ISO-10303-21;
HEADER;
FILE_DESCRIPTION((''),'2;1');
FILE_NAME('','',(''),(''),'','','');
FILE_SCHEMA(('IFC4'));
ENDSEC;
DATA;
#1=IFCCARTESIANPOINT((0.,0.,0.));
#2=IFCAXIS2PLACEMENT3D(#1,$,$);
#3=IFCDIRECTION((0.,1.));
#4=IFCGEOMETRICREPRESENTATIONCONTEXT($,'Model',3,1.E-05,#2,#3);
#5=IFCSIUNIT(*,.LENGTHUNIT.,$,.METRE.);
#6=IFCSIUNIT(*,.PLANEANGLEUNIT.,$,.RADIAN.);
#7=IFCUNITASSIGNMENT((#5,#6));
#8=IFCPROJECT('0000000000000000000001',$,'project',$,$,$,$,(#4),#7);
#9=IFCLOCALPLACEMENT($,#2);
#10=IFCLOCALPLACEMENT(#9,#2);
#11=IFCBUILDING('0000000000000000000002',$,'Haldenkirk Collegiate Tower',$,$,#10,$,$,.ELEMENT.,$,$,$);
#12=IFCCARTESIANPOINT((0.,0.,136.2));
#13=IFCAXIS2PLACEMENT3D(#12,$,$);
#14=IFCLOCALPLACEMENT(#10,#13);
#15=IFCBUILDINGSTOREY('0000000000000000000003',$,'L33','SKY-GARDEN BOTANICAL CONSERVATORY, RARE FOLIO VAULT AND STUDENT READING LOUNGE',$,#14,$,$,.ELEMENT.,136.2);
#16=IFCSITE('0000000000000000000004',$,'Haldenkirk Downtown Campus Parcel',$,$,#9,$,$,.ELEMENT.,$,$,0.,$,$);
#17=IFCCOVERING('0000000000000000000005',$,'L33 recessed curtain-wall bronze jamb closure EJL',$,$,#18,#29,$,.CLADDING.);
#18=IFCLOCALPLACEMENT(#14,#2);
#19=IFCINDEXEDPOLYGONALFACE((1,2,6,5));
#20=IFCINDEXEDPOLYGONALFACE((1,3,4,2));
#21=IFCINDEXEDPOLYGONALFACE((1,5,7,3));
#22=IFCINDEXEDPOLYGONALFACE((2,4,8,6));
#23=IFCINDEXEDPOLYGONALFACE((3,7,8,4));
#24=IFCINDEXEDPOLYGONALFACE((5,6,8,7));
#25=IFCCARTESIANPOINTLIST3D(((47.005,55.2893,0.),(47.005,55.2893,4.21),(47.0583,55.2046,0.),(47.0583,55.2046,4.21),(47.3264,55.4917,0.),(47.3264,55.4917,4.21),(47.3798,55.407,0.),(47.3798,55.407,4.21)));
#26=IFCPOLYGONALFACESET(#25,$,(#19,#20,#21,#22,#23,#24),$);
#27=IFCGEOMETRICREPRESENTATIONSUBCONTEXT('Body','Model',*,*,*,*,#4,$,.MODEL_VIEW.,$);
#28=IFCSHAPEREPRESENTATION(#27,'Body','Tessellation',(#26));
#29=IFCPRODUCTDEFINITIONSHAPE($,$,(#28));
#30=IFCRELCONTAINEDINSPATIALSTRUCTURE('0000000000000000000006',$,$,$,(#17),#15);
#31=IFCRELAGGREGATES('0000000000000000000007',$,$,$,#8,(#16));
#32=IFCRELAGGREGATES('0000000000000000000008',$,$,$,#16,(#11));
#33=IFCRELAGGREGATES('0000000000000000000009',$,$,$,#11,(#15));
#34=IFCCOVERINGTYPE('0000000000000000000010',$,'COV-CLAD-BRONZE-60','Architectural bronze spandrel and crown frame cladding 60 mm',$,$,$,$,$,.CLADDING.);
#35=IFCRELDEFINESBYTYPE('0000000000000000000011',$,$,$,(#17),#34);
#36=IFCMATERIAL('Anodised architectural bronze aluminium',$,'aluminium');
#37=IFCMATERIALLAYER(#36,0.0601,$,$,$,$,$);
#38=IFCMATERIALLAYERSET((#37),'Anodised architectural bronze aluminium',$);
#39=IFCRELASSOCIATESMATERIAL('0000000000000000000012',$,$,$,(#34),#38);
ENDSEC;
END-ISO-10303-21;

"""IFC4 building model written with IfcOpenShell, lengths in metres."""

from ifc_helpers import new_model, si_unit, direction, frame, origin, origin_2d, place, context, subcontext, project, spatial, rectangle, extrude, source, transform, mapped, material, layer, layer_set, type_object, element, save


model = new_model("IFC4")

# Units and contexts
model_context = context("Model", 3, precision=1e-05, world=origin(), true_north=direction((0.0, 1.0)))
body_context = subcontext(model_context, "Body", "Model", "MODEL_VIEW")
ifc_project = project(units=[si_unit("LENGTHUNIT", "METRE"), si_unit("PLANEANGLEUNIT", "RADIAN")], contexts=[model_context])

# Site, building, storey
site_placement = place(None, origin())
site = spatial("IfcSite", under=ifc_project, at=site_placement, Name="Haldenkirk Downtown Campus Parcel", CompositionType="ELEMENT", RefElevation=0.0)
building_placement = place(site_placement, origin())
building = spatial("IfcBuilding", under=site, at=building_placement, Name="Haldenkirk Collegiate Tower", CompositionType="ELEMENT")
storey_placement = place(building_placement, frame((0.0, 0.0, 136.2)))
storey = spatial("IfcBuildingStorey", under=building, at=storey_placement, Name="L33", Description="SKY-GARDEN BOTANICAL CONSERVATORY, RARE FOLIO VAULT AND STUDENT READING LOUNGE", CompositionType="ELEMENT", Elevation=136.2)

# Shared definitions
ifc_material_1 = material(Name="Anodised architectural bronze aluminium", Category="aluminium")

# Covering
ifc_layer_1 = layer(ifc_material_1, 0.0601)
ifc_layer_set_1 = layer_set([ifc_layer_1], Name="Anodised architectural bronze aluminium")
covering_type = type_object("IfcCoveringType", Name="COV-CLAD-BRONZE-60", Description="Architectural bronze spandrel and crown frame cladding 60 mm", PredefinedType="CLADDING", material=ifc_layer_set_1)
shared_shape_1 = source(origin(), body_context, "Body", "SweptSolid", [
    extrude(rectangle(XDim=0.1001, YDim=0.3799, at=origin_2d()), origin(), (0.0, 0.0, 1.0), 4.21),
])
covering_1_placement = place(storey_placement, frame((47.1924, 55.3481, 0.0), z_axis=(0.0, 0.0, 1.0), x_axis=(0.532876, -0.846193, 0.0)))
element("IfcCovering", 1, at=covering_1_placement, inside=storey, type_object=covering_type, Name="L33 recessed curtain-wall bronze jamb closure EJL", PredefinedType="CLADDING", context=body_context, shape_type="MappedRepresentation", body=[
    mapped(shared_shape_1, transform((0.0, 0.0, 0.0), x_axis=(1.0, 0.0, 0.0), y_axis=(0.0, 1.0, 0.0), z_axis=(0.0, 0.0, 1.0), scale=1.0)),
])

save(model, "model.ifc")
